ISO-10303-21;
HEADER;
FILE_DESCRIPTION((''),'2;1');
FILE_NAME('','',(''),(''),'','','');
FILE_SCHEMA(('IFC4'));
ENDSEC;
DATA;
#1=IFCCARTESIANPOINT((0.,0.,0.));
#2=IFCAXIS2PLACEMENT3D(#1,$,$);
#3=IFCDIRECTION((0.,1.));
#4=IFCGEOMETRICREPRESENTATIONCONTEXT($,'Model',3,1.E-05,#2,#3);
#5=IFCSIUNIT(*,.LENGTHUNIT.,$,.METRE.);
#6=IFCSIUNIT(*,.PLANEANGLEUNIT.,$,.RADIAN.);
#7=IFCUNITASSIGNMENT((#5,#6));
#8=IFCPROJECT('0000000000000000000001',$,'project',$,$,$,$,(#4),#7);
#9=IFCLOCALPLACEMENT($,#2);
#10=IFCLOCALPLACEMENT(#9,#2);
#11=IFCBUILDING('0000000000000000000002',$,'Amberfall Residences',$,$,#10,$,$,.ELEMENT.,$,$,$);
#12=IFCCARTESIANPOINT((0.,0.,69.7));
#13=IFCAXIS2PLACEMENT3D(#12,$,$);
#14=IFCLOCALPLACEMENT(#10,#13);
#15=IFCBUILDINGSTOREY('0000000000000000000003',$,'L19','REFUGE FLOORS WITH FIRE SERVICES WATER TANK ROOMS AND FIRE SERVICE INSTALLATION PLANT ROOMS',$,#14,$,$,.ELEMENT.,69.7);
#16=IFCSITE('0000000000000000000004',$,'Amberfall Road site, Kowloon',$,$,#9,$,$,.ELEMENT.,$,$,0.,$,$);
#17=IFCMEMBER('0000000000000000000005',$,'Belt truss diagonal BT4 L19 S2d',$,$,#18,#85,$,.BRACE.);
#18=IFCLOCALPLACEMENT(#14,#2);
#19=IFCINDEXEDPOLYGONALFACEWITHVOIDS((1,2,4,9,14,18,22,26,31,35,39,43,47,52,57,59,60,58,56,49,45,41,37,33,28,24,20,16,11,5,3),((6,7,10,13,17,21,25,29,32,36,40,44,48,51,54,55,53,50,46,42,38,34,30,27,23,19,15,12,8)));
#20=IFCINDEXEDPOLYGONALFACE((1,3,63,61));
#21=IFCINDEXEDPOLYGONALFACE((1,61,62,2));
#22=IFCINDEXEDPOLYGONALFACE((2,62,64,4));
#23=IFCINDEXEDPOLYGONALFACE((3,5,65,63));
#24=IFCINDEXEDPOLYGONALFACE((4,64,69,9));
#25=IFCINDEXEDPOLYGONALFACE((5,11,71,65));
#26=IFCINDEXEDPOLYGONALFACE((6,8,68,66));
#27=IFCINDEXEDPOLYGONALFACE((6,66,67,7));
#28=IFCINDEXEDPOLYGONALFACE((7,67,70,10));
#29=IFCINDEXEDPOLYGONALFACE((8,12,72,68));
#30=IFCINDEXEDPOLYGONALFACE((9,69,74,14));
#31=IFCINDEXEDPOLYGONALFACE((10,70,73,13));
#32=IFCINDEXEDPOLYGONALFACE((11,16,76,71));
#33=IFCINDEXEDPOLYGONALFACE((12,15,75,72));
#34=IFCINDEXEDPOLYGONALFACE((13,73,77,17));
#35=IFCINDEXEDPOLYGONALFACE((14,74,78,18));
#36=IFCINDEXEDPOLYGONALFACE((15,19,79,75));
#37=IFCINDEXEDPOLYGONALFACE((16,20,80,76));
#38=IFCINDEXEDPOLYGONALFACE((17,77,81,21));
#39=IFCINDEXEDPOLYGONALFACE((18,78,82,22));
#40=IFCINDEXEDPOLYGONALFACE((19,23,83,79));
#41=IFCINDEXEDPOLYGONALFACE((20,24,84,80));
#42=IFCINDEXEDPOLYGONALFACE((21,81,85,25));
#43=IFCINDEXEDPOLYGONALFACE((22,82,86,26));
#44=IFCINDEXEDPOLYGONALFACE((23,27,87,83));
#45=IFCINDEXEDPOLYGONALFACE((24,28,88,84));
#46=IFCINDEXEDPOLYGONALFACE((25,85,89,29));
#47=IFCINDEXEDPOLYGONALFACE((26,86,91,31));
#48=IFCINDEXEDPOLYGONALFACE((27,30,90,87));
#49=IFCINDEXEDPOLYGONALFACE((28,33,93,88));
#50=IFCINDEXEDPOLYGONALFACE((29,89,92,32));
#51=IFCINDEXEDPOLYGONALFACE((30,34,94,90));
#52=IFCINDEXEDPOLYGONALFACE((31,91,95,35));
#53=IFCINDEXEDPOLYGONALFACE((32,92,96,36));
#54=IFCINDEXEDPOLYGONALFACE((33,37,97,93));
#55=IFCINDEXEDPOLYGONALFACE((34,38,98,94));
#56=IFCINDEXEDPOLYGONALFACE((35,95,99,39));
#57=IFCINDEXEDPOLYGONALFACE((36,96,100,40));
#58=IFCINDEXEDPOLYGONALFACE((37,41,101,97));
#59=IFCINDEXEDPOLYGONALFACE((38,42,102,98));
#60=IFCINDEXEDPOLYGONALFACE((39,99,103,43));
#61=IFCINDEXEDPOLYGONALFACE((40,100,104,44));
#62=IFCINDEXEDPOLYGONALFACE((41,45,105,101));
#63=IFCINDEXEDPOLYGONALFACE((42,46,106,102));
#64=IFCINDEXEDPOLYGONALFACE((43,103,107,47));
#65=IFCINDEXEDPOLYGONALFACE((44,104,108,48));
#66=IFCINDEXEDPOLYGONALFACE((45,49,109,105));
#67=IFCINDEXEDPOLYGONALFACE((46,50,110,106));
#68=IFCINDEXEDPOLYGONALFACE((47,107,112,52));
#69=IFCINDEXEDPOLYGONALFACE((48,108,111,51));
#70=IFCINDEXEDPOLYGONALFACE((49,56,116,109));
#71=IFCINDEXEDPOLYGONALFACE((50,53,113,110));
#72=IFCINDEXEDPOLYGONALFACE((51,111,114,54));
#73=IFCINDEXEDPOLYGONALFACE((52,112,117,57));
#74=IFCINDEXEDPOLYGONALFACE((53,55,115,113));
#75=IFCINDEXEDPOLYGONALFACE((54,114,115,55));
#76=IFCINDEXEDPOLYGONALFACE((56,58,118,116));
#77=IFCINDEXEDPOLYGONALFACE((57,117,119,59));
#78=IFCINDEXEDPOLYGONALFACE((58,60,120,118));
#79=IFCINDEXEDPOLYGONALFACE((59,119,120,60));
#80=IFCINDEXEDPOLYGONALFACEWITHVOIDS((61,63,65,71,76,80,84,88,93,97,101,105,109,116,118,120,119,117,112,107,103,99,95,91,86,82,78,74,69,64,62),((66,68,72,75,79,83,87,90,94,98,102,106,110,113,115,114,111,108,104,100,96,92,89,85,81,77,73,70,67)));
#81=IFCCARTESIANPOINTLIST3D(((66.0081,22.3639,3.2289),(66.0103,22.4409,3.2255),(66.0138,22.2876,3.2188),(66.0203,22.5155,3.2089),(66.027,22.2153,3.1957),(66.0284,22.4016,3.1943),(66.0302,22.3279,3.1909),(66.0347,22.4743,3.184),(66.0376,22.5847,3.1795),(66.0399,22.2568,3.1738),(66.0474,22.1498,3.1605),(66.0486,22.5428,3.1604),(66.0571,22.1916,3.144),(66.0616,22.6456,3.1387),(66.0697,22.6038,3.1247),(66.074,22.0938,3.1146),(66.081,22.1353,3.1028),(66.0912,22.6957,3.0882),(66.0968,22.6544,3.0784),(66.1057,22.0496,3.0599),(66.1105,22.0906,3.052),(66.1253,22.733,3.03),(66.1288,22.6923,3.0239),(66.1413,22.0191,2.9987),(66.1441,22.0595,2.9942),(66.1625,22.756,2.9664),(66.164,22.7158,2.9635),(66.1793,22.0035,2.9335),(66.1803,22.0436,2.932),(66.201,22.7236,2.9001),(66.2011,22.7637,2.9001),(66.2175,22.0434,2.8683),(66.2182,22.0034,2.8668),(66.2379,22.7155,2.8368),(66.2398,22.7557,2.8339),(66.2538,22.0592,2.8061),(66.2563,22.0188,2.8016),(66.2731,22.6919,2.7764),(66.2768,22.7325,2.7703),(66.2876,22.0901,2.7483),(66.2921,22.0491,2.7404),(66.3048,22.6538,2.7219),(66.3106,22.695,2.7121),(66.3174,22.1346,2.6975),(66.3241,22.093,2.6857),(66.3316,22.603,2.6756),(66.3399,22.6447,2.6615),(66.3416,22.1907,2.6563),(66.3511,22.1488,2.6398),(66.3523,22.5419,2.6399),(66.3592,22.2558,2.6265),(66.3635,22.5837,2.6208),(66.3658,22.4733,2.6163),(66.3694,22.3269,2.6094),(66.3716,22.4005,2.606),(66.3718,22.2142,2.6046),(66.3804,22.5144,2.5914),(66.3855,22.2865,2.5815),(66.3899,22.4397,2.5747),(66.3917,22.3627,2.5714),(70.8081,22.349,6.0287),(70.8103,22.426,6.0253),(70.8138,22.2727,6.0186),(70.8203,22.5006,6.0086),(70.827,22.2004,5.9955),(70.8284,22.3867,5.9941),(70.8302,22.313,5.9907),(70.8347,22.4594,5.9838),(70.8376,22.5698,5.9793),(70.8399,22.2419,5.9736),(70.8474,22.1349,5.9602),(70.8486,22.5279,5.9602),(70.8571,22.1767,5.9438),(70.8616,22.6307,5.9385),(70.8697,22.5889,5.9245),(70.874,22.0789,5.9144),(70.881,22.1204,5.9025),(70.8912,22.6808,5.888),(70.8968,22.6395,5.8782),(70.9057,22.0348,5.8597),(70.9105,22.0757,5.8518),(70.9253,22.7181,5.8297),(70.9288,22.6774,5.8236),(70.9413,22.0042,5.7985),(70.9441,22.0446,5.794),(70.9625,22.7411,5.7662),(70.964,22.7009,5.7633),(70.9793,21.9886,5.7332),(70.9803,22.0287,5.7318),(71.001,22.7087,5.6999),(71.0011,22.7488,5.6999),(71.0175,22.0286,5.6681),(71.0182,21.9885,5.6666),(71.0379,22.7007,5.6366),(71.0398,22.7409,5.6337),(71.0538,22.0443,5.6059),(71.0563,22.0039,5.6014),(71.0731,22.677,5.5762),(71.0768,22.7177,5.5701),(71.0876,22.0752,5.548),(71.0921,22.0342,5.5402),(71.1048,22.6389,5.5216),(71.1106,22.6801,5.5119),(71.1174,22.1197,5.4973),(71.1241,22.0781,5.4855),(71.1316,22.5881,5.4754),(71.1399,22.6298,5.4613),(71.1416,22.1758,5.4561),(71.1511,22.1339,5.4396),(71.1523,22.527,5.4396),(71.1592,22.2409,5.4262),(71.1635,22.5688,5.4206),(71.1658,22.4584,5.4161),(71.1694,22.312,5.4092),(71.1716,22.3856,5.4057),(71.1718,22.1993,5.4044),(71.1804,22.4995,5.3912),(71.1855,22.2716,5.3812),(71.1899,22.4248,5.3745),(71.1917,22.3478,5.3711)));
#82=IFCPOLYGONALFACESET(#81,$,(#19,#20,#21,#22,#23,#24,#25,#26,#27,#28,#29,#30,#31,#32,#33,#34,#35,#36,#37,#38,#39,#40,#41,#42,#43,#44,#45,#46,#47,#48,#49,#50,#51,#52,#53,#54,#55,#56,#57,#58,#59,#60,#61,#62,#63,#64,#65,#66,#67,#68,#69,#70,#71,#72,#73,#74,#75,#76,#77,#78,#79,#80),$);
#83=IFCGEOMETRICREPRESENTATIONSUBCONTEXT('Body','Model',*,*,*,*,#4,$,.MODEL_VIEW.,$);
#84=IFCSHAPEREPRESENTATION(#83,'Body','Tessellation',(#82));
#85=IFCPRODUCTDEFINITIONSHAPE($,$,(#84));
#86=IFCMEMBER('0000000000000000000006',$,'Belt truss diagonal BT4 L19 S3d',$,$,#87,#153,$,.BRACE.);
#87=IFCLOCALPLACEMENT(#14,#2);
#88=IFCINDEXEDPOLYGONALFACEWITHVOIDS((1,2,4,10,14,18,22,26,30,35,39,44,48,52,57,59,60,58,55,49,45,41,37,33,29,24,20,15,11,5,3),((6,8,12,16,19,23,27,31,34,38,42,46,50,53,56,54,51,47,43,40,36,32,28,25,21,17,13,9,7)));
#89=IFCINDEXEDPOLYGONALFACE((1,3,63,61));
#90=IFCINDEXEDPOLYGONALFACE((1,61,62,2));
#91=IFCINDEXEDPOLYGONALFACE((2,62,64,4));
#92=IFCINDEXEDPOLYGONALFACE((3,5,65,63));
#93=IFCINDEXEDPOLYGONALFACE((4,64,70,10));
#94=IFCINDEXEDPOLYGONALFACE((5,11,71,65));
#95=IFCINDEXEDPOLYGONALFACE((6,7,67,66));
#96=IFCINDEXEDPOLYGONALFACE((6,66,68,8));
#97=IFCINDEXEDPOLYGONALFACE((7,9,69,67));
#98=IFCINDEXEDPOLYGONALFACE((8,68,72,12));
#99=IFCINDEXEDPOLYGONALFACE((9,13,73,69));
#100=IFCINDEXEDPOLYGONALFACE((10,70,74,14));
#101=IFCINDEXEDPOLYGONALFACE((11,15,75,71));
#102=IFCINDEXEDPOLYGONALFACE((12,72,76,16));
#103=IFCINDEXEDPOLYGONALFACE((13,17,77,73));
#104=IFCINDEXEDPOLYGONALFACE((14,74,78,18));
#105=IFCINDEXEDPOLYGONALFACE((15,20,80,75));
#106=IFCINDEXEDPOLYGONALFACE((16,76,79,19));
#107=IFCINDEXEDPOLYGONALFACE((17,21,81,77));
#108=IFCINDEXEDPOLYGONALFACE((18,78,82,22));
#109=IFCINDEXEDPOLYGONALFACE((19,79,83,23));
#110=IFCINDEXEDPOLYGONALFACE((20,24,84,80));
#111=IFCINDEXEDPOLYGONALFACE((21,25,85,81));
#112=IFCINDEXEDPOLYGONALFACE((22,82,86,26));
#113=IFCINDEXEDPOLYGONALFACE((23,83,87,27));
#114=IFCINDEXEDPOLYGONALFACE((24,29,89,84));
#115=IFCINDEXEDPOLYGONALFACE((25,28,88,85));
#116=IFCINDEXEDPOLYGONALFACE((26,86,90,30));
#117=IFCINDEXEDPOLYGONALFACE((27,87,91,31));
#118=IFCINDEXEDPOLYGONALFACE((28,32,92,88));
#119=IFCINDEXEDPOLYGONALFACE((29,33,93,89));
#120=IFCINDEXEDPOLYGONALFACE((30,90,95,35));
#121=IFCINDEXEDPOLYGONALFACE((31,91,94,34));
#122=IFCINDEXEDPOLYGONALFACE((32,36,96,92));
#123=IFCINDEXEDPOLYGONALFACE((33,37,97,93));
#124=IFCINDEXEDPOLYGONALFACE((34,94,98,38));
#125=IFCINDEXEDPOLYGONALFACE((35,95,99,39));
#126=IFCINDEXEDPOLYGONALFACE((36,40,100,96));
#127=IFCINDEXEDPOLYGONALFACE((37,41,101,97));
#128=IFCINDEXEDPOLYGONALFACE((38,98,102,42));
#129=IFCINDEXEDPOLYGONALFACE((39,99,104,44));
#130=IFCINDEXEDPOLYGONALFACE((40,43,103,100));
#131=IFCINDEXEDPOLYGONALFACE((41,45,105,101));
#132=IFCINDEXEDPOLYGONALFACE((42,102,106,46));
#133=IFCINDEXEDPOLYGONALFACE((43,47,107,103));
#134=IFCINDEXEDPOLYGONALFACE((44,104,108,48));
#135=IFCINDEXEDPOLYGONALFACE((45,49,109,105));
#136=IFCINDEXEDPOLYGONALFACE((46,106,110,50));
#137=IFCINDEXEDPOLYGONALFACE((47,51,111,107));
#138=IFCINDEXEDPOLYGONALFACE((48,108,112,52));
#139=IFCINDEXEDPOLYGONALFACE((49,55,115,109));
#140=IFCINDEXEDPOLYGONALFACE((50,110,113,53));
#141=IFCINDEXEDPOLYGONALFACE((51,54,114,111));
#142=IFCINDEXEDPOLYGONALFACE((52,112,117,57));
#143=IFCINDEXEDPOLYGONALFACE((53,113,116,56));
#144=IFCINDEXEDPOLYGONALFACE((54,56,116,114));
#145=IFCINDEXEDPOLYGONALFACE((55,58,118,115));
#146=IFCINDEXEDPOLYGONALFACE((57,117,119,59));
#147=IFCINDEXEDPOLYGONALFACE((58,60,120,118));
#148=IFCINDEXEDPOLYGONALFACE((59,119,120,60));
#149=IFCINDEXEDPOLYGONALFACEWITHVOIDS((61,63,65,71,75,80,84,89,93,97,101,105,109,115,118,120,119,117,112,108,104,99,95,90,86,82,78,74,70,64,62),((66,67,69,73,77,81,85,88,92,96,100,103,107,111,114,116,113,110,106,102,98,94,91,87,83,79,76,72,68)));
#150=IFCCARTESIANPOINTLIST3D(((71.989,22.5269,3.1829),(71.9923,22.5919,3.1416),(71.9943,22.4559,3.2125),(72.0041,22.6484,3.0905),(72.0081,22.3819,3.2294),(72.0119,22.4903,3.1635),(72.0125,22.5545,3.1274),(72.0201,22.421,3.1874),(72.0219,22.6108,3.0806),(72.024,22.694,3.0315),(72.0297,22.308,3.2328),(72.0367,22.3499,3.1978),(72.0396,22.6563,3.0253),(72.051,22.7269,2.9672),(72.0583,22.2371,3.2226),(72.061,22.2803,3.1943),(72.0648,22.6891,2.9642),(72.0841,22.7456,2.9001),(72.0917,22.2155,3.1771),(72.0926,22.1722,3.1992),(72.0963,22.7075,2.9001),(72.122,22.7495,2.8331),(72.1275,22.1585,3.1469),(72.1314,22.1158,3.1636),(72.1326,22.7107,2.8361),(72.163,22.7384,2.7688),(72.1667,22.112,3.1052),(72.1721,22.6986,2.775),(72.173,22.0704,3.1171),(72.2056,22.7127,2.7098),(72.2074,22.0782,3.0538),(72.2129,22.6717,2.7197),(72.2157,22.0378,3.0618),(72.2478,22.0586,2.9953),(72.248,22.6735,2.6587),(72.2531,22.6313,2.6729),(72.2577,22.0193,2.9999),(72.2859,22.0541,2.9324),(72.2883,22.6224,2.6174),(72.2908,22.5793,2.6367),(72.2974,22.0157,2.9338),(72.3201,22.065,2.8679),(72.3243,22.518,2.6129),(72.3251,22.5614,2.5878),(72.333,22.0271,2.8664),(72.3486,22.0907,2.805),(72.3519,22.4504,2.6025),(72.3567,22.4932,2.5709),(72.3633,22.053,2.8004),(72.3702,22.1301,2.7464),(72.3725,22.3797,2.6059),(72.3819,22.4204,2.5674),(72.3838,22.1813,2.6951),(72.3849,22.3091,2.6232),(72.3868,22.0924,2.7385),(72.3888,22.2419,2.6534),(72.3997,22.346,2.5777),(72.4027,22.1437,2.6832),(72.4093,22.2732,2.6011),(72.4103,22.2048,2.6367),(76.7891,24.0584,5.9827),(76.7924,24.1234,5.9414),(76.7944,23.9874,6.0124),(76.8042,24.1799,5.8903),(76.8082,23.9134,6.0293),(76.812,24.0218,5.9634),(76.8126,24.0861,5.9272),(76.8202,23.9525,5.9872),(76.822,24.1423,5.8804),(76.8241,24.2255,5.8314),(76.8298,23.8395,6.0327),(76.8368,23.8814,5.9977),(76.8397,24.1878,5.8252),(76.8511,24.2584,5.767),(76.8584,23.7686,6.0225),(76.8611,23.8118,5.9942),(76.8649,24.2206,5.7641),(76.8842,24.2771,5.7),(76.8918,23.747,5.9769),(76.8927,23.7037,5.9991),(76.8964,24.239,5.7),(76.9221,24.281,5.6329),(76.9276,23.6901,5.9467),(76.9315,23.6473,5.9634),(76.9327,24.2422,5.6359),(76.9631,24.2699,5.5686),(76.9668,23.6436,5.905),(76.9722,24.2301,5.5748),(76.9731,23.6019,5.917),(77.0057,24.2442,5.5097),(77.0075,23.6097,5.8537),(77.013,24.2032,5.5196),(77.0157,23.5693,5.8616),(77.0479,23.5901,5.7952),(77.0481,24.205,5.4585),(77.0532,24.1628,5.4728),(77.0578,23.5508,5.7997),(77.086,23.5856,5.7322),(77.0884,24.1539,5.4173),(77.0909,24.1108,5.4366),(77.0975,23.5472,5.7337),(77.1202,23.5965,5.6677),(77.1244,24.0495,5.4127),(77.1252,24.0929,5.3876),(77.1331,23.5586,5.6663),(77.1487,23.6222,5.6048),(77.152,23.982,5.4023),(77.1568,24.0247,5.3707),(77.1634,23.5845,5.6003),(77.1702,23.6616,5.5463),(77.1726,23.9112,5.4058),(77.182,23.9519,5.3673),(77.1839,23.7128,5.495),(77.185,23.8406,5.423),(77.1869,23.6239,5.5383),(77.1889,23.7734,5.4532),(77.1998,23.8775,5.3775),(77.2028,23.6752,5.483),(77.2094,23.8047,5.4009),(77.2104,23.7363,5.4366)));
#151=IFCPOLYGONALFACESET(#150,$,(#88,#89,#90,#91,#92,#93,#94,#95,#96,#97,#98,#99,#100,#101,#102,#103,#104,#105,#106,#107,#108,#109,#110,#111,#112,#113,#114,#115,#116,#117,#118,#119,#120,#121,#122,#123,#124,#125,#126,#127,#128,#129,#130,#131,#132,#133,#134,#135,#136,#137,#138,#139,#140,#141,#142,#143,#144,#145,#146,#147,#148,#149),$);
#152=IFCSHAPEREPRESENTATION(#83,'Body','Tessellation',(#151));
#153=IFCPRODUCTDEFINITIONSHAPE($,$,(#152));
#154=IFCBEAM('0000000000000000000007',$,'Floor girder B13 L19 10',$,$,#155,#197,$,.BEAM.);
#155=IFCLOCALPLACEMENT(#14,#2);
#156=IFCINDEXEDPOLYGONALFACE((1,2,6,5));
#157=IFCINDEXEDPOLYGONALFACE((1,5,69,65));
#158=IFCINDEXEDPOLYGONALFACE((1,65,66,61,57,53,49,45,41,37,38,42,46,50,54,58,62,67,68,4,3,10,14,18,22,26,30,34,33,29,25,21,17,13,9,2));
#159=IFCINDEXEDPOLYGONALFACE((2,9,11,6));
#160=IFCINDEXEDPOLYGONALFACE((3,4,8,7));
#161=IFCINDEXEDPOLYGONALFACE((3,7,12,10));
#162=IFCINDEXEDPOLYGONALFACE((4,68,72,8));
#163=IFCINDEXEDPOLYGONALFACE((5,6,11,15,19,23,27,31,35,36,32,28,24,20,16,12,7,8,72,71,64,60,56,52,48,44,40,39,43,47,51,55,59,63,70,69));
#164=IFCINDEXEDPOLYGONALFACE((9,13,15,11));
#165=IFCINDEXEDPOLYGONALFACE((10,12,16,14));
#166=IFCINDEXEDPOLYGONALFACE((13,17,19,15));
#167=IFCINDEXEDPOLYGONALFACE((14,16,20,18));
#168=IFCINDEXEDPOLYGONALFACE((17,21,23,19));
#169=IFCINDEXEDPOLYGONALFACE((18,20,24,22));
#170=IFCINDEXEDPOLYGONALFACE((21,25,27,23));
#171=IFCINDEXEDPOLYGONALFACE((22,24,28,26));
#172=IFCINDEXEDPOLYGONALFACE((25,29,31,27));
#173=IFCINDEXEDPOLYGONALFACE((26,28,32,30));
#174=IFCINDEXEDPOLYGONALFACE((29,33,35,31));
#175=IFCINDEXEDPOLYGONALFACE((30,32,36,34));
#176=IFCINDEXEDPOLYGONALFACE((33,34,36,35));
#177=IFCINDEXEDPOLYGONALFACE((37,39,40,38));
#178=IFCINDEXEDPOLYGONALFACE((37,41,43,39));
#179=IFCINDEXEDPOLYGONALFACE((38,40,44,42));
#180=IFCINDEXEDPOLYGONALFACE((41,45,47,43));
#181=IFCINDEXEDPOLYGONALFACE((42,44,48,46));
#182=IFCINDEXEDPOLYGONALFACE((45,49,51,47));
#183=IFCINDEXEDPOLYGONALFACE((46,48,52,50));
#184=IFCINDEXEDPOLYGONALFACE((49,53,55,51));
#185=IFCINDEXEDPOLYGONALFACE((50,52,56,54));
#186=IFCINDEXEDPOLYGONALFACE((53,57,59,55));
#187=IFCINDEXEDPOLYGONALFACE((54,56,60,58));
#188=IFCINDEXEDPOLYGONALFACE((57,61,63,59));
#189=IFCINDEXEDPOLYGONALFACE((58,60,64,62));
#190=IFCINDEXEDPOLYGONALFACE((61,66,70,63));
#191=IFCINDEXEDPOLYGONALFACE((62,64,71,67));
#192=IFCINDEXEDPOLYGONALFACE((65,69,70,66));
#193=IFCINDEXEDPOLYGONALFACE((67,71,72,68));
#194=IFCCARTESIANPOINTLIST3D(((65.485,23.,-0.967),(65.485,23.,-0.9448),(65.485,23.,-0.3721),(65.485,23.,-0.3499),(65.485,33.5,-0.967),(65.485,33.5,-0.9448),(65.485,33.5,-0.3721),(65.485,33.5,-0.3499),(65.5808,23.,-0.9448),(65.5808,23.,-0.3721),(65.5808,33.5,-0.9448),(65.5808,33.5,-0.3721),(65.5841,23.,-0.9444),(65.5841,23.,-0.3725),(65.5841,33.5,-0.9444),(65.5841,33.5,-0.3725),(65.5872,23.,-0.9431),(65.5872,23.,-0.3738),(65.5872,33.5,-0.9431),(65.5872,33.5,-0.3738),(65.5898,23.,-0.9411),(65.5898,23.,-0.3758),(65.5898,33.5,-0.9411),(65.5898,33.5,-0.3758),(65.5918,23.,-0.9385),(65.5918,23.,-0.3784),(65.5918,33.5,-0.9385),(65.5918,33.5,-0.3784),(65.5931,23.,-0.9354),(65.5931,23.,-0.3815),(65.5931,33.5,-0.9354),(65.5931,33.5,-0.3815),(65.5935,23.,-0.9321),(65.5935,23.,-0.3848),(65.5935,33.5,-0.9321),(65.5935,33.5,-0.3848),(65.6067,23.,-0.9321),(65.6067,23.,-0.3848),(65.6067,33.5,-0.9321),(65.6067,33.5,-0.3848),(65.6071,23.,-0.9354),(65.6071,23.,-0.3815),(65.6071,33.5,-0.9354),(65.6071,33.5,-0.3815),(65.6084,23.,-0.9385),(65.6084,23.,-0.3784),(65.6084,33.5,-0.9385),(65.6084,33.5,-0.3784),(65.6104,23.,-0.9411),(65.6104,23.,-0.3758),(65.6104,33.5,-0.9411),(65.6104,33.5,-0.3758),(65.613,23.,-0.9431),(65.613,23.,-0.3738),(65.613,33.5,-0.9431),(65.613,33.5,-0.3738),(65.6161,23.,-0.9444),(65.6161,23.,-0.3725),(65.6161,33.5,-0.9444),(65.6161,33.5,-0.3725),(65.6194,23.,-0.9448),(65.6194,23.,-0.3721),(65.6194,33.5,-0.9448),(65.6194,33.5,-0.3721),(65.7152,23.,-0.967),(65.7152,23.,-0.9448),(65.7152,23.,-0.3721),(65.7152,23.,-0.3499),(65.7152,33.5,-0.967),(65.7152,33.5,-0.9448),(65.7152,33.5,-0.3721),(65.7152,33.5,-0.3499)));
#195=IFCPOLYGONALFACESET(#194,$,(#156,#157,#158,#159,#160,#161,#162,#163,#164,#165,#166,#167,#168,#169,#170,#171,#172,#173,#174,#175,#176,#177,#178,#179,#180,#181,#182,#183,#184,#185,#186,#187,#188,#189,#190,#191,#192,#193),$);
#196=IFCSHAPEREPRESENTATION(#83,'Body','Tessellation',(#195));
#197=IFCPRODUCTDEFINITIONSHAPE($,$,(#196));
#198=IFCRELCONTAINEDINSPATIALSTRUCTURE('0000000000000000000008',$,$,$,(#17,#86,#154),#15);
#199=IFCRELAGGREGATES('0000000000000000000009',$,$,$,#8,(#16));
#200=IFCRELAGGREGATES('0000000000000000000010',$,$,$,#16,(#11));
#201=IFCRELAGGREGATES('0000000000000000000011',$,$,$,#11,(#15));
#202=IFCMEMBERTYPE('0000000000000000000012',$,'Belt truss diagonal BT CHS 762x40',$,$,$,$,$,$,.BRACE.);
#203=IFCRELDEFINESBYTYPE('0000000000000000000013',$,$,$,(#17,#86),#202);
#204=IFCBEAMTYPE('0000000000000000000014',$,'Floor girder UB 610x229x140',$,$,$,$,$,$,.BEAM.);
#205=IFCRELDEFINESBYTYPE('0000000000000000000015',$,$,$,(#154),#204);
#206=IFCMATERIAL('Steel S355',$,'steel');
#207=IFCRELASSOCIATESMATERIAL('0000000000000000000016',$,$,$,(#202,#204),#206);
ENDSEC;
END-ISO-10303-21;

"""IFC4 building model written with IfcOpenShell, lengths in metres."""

from ifc_helpers import new_model, si_unit, direction, frame, origin, origin_2d, place, context, subcontext, project, spatial, hollow_circle, i_section, extrude, material, material_profile, profile_set, type_object, element, save


model = new_model("IFC4")

# Units and contexts
model_context = context("Model", 3, precision=1e-05, world=origin(), true_north=direction((0.0, 1.0)))
body_context = subcontext(model_context, "Body", "Model", "MODEL_VIEW")
ifc_project = project(units=[si_unit("LENGTHUNIT", "METRE"), si_unit("PLANEANGLEUNIT", "RADIAN")], contexts=[model_context])

# Site, building, storey
site_placement = place(None, origin())
site = spatial("IfcSite", under=ifc_project, at=site_placement, Name="Amberfall Road site, Kowloon", CompositionType="ELEMENT", RefElevation=0.0)
building_placement = place(site_placement, origin())
building = spatial("IfcBuilding", under=site, at=building_placement, Name="Amberfall Residences", CompositionType="ELEMENT")
storey_placement = place(building_placement, frame((0.0, 0.0, 69.7)))
storey = spatial("IfcBuildingStorey", under=building, at=storey_placement, Name="L19", Description="REFUGE FLOORS WITH FIRE SERVICES WATER TANK ROOMS AND FIRE SERVICE INSTALLATION PLANT ROOMS", CompositionType="ELEMENT", Elevation=69.7)

# Shared definitions
ifc_material_1 = material(Name="Steel S355", Category="steel")

# Members
ifc_material_profile_1 = material_profile(ifc_material_1, hollow_circle(Radius=0.3811, WallThickness=0.04, at=origin_2d()), Name="CHS 762x40")
ifc_profile_set_1 = profile_set([ifc_material_profile_1], Name="Steel S355")
member_type_1 = type_object("IfcMemberType", Name="Belt truss diagonal BT CHS 762x40", PredefinedType="BRACE", material=ifc_profile_set_1)
member_1_placement = place(storey_placement, frame((66.2, 22.3826, 2.9001), z_axis=(0.863793, -0.00268, 0.503839), x_axis=(0.003103, 0.999995, 0.0)))
element("IfcMember", 1, at=member_1_placement, inside=storey, type_object=member_type_1, Name="Belt truss diagonal BT4 L19 S2d", PredefinedType="BRACE", context=body_context, shape_type="SweptSolid", body=[
    extrude(hollow_circle(Radius=0.3811, WallThickness=0.04, at=origin_2d()), origin(), (0.0, 0.0, 1.0), 5.5569),
])
member_2_placement = place(storey_placement, frame((72.2, 22.3826, 2.9001), z_axis=(0.832749, 0.265695, 0.485731), x_axis=(-0.303962, 0.952684, 0.0)))
element("IfcMember", 2, at=member_2_placement, inside=storey, type_object=member_type_1, Name="Belt truss diagonal BT4 L19 S3d", PredefinedType="BRACE", context=body_context, shape_type="SweptSolid", body=[
    extrude(hollow_circle(Radius=0.3811, WallThickness=0.04, at=origin_2d()), origin(), (0.0, 0.0, 1.0), 5.7642),
])

# Beam
ifc_material_profile_2 = material_profile(ifc_material_1, i_section(OverallWidth=0.2302, OverallDepth=0.6172, WebThickness=0.0132, FlangeThickness=0.0222, FilletRadius=0.0127, at=origin_2d()), Name="UB 610x229x140")
ifc_profile_set_2 = profile_set([ifc_material_profile_2], Name="Steel S355")
beam_type_1 = type_object("IfcBeamType", Name="Floor girder UB 610x229x140", PredefinedType="BEAM", material=ifc_profile_set_2)
for number, where, z_axis, x_axis, name in (
    (3, (65.6001, 23.0, -0.6584), (0.0, 1.0, 0.0), (-1.0, 0.0, 0.0), "Floor girder B13 L19 10"),
):
    element("IfcBeam", number, at=place(storey_placement, frame(where, z_axis=z_axis, x_axis=x_axis)), inside=storey, type_object=beam_type_1, Name=name, PredefinedType="BEAM", context=body_context, shape_type="SweptSolid", body=[
        extrude(i_section(OverallWidth=0.2302, OverallDepth=0.6172, WebThickness=0.0132, FlangeThickness=0.0222, FilletRadius=0.0127, at=origin_2d()), origin(), (0.0, 0.0, 1.0), 10.5),
    ])

save(model, "model.ifc")
